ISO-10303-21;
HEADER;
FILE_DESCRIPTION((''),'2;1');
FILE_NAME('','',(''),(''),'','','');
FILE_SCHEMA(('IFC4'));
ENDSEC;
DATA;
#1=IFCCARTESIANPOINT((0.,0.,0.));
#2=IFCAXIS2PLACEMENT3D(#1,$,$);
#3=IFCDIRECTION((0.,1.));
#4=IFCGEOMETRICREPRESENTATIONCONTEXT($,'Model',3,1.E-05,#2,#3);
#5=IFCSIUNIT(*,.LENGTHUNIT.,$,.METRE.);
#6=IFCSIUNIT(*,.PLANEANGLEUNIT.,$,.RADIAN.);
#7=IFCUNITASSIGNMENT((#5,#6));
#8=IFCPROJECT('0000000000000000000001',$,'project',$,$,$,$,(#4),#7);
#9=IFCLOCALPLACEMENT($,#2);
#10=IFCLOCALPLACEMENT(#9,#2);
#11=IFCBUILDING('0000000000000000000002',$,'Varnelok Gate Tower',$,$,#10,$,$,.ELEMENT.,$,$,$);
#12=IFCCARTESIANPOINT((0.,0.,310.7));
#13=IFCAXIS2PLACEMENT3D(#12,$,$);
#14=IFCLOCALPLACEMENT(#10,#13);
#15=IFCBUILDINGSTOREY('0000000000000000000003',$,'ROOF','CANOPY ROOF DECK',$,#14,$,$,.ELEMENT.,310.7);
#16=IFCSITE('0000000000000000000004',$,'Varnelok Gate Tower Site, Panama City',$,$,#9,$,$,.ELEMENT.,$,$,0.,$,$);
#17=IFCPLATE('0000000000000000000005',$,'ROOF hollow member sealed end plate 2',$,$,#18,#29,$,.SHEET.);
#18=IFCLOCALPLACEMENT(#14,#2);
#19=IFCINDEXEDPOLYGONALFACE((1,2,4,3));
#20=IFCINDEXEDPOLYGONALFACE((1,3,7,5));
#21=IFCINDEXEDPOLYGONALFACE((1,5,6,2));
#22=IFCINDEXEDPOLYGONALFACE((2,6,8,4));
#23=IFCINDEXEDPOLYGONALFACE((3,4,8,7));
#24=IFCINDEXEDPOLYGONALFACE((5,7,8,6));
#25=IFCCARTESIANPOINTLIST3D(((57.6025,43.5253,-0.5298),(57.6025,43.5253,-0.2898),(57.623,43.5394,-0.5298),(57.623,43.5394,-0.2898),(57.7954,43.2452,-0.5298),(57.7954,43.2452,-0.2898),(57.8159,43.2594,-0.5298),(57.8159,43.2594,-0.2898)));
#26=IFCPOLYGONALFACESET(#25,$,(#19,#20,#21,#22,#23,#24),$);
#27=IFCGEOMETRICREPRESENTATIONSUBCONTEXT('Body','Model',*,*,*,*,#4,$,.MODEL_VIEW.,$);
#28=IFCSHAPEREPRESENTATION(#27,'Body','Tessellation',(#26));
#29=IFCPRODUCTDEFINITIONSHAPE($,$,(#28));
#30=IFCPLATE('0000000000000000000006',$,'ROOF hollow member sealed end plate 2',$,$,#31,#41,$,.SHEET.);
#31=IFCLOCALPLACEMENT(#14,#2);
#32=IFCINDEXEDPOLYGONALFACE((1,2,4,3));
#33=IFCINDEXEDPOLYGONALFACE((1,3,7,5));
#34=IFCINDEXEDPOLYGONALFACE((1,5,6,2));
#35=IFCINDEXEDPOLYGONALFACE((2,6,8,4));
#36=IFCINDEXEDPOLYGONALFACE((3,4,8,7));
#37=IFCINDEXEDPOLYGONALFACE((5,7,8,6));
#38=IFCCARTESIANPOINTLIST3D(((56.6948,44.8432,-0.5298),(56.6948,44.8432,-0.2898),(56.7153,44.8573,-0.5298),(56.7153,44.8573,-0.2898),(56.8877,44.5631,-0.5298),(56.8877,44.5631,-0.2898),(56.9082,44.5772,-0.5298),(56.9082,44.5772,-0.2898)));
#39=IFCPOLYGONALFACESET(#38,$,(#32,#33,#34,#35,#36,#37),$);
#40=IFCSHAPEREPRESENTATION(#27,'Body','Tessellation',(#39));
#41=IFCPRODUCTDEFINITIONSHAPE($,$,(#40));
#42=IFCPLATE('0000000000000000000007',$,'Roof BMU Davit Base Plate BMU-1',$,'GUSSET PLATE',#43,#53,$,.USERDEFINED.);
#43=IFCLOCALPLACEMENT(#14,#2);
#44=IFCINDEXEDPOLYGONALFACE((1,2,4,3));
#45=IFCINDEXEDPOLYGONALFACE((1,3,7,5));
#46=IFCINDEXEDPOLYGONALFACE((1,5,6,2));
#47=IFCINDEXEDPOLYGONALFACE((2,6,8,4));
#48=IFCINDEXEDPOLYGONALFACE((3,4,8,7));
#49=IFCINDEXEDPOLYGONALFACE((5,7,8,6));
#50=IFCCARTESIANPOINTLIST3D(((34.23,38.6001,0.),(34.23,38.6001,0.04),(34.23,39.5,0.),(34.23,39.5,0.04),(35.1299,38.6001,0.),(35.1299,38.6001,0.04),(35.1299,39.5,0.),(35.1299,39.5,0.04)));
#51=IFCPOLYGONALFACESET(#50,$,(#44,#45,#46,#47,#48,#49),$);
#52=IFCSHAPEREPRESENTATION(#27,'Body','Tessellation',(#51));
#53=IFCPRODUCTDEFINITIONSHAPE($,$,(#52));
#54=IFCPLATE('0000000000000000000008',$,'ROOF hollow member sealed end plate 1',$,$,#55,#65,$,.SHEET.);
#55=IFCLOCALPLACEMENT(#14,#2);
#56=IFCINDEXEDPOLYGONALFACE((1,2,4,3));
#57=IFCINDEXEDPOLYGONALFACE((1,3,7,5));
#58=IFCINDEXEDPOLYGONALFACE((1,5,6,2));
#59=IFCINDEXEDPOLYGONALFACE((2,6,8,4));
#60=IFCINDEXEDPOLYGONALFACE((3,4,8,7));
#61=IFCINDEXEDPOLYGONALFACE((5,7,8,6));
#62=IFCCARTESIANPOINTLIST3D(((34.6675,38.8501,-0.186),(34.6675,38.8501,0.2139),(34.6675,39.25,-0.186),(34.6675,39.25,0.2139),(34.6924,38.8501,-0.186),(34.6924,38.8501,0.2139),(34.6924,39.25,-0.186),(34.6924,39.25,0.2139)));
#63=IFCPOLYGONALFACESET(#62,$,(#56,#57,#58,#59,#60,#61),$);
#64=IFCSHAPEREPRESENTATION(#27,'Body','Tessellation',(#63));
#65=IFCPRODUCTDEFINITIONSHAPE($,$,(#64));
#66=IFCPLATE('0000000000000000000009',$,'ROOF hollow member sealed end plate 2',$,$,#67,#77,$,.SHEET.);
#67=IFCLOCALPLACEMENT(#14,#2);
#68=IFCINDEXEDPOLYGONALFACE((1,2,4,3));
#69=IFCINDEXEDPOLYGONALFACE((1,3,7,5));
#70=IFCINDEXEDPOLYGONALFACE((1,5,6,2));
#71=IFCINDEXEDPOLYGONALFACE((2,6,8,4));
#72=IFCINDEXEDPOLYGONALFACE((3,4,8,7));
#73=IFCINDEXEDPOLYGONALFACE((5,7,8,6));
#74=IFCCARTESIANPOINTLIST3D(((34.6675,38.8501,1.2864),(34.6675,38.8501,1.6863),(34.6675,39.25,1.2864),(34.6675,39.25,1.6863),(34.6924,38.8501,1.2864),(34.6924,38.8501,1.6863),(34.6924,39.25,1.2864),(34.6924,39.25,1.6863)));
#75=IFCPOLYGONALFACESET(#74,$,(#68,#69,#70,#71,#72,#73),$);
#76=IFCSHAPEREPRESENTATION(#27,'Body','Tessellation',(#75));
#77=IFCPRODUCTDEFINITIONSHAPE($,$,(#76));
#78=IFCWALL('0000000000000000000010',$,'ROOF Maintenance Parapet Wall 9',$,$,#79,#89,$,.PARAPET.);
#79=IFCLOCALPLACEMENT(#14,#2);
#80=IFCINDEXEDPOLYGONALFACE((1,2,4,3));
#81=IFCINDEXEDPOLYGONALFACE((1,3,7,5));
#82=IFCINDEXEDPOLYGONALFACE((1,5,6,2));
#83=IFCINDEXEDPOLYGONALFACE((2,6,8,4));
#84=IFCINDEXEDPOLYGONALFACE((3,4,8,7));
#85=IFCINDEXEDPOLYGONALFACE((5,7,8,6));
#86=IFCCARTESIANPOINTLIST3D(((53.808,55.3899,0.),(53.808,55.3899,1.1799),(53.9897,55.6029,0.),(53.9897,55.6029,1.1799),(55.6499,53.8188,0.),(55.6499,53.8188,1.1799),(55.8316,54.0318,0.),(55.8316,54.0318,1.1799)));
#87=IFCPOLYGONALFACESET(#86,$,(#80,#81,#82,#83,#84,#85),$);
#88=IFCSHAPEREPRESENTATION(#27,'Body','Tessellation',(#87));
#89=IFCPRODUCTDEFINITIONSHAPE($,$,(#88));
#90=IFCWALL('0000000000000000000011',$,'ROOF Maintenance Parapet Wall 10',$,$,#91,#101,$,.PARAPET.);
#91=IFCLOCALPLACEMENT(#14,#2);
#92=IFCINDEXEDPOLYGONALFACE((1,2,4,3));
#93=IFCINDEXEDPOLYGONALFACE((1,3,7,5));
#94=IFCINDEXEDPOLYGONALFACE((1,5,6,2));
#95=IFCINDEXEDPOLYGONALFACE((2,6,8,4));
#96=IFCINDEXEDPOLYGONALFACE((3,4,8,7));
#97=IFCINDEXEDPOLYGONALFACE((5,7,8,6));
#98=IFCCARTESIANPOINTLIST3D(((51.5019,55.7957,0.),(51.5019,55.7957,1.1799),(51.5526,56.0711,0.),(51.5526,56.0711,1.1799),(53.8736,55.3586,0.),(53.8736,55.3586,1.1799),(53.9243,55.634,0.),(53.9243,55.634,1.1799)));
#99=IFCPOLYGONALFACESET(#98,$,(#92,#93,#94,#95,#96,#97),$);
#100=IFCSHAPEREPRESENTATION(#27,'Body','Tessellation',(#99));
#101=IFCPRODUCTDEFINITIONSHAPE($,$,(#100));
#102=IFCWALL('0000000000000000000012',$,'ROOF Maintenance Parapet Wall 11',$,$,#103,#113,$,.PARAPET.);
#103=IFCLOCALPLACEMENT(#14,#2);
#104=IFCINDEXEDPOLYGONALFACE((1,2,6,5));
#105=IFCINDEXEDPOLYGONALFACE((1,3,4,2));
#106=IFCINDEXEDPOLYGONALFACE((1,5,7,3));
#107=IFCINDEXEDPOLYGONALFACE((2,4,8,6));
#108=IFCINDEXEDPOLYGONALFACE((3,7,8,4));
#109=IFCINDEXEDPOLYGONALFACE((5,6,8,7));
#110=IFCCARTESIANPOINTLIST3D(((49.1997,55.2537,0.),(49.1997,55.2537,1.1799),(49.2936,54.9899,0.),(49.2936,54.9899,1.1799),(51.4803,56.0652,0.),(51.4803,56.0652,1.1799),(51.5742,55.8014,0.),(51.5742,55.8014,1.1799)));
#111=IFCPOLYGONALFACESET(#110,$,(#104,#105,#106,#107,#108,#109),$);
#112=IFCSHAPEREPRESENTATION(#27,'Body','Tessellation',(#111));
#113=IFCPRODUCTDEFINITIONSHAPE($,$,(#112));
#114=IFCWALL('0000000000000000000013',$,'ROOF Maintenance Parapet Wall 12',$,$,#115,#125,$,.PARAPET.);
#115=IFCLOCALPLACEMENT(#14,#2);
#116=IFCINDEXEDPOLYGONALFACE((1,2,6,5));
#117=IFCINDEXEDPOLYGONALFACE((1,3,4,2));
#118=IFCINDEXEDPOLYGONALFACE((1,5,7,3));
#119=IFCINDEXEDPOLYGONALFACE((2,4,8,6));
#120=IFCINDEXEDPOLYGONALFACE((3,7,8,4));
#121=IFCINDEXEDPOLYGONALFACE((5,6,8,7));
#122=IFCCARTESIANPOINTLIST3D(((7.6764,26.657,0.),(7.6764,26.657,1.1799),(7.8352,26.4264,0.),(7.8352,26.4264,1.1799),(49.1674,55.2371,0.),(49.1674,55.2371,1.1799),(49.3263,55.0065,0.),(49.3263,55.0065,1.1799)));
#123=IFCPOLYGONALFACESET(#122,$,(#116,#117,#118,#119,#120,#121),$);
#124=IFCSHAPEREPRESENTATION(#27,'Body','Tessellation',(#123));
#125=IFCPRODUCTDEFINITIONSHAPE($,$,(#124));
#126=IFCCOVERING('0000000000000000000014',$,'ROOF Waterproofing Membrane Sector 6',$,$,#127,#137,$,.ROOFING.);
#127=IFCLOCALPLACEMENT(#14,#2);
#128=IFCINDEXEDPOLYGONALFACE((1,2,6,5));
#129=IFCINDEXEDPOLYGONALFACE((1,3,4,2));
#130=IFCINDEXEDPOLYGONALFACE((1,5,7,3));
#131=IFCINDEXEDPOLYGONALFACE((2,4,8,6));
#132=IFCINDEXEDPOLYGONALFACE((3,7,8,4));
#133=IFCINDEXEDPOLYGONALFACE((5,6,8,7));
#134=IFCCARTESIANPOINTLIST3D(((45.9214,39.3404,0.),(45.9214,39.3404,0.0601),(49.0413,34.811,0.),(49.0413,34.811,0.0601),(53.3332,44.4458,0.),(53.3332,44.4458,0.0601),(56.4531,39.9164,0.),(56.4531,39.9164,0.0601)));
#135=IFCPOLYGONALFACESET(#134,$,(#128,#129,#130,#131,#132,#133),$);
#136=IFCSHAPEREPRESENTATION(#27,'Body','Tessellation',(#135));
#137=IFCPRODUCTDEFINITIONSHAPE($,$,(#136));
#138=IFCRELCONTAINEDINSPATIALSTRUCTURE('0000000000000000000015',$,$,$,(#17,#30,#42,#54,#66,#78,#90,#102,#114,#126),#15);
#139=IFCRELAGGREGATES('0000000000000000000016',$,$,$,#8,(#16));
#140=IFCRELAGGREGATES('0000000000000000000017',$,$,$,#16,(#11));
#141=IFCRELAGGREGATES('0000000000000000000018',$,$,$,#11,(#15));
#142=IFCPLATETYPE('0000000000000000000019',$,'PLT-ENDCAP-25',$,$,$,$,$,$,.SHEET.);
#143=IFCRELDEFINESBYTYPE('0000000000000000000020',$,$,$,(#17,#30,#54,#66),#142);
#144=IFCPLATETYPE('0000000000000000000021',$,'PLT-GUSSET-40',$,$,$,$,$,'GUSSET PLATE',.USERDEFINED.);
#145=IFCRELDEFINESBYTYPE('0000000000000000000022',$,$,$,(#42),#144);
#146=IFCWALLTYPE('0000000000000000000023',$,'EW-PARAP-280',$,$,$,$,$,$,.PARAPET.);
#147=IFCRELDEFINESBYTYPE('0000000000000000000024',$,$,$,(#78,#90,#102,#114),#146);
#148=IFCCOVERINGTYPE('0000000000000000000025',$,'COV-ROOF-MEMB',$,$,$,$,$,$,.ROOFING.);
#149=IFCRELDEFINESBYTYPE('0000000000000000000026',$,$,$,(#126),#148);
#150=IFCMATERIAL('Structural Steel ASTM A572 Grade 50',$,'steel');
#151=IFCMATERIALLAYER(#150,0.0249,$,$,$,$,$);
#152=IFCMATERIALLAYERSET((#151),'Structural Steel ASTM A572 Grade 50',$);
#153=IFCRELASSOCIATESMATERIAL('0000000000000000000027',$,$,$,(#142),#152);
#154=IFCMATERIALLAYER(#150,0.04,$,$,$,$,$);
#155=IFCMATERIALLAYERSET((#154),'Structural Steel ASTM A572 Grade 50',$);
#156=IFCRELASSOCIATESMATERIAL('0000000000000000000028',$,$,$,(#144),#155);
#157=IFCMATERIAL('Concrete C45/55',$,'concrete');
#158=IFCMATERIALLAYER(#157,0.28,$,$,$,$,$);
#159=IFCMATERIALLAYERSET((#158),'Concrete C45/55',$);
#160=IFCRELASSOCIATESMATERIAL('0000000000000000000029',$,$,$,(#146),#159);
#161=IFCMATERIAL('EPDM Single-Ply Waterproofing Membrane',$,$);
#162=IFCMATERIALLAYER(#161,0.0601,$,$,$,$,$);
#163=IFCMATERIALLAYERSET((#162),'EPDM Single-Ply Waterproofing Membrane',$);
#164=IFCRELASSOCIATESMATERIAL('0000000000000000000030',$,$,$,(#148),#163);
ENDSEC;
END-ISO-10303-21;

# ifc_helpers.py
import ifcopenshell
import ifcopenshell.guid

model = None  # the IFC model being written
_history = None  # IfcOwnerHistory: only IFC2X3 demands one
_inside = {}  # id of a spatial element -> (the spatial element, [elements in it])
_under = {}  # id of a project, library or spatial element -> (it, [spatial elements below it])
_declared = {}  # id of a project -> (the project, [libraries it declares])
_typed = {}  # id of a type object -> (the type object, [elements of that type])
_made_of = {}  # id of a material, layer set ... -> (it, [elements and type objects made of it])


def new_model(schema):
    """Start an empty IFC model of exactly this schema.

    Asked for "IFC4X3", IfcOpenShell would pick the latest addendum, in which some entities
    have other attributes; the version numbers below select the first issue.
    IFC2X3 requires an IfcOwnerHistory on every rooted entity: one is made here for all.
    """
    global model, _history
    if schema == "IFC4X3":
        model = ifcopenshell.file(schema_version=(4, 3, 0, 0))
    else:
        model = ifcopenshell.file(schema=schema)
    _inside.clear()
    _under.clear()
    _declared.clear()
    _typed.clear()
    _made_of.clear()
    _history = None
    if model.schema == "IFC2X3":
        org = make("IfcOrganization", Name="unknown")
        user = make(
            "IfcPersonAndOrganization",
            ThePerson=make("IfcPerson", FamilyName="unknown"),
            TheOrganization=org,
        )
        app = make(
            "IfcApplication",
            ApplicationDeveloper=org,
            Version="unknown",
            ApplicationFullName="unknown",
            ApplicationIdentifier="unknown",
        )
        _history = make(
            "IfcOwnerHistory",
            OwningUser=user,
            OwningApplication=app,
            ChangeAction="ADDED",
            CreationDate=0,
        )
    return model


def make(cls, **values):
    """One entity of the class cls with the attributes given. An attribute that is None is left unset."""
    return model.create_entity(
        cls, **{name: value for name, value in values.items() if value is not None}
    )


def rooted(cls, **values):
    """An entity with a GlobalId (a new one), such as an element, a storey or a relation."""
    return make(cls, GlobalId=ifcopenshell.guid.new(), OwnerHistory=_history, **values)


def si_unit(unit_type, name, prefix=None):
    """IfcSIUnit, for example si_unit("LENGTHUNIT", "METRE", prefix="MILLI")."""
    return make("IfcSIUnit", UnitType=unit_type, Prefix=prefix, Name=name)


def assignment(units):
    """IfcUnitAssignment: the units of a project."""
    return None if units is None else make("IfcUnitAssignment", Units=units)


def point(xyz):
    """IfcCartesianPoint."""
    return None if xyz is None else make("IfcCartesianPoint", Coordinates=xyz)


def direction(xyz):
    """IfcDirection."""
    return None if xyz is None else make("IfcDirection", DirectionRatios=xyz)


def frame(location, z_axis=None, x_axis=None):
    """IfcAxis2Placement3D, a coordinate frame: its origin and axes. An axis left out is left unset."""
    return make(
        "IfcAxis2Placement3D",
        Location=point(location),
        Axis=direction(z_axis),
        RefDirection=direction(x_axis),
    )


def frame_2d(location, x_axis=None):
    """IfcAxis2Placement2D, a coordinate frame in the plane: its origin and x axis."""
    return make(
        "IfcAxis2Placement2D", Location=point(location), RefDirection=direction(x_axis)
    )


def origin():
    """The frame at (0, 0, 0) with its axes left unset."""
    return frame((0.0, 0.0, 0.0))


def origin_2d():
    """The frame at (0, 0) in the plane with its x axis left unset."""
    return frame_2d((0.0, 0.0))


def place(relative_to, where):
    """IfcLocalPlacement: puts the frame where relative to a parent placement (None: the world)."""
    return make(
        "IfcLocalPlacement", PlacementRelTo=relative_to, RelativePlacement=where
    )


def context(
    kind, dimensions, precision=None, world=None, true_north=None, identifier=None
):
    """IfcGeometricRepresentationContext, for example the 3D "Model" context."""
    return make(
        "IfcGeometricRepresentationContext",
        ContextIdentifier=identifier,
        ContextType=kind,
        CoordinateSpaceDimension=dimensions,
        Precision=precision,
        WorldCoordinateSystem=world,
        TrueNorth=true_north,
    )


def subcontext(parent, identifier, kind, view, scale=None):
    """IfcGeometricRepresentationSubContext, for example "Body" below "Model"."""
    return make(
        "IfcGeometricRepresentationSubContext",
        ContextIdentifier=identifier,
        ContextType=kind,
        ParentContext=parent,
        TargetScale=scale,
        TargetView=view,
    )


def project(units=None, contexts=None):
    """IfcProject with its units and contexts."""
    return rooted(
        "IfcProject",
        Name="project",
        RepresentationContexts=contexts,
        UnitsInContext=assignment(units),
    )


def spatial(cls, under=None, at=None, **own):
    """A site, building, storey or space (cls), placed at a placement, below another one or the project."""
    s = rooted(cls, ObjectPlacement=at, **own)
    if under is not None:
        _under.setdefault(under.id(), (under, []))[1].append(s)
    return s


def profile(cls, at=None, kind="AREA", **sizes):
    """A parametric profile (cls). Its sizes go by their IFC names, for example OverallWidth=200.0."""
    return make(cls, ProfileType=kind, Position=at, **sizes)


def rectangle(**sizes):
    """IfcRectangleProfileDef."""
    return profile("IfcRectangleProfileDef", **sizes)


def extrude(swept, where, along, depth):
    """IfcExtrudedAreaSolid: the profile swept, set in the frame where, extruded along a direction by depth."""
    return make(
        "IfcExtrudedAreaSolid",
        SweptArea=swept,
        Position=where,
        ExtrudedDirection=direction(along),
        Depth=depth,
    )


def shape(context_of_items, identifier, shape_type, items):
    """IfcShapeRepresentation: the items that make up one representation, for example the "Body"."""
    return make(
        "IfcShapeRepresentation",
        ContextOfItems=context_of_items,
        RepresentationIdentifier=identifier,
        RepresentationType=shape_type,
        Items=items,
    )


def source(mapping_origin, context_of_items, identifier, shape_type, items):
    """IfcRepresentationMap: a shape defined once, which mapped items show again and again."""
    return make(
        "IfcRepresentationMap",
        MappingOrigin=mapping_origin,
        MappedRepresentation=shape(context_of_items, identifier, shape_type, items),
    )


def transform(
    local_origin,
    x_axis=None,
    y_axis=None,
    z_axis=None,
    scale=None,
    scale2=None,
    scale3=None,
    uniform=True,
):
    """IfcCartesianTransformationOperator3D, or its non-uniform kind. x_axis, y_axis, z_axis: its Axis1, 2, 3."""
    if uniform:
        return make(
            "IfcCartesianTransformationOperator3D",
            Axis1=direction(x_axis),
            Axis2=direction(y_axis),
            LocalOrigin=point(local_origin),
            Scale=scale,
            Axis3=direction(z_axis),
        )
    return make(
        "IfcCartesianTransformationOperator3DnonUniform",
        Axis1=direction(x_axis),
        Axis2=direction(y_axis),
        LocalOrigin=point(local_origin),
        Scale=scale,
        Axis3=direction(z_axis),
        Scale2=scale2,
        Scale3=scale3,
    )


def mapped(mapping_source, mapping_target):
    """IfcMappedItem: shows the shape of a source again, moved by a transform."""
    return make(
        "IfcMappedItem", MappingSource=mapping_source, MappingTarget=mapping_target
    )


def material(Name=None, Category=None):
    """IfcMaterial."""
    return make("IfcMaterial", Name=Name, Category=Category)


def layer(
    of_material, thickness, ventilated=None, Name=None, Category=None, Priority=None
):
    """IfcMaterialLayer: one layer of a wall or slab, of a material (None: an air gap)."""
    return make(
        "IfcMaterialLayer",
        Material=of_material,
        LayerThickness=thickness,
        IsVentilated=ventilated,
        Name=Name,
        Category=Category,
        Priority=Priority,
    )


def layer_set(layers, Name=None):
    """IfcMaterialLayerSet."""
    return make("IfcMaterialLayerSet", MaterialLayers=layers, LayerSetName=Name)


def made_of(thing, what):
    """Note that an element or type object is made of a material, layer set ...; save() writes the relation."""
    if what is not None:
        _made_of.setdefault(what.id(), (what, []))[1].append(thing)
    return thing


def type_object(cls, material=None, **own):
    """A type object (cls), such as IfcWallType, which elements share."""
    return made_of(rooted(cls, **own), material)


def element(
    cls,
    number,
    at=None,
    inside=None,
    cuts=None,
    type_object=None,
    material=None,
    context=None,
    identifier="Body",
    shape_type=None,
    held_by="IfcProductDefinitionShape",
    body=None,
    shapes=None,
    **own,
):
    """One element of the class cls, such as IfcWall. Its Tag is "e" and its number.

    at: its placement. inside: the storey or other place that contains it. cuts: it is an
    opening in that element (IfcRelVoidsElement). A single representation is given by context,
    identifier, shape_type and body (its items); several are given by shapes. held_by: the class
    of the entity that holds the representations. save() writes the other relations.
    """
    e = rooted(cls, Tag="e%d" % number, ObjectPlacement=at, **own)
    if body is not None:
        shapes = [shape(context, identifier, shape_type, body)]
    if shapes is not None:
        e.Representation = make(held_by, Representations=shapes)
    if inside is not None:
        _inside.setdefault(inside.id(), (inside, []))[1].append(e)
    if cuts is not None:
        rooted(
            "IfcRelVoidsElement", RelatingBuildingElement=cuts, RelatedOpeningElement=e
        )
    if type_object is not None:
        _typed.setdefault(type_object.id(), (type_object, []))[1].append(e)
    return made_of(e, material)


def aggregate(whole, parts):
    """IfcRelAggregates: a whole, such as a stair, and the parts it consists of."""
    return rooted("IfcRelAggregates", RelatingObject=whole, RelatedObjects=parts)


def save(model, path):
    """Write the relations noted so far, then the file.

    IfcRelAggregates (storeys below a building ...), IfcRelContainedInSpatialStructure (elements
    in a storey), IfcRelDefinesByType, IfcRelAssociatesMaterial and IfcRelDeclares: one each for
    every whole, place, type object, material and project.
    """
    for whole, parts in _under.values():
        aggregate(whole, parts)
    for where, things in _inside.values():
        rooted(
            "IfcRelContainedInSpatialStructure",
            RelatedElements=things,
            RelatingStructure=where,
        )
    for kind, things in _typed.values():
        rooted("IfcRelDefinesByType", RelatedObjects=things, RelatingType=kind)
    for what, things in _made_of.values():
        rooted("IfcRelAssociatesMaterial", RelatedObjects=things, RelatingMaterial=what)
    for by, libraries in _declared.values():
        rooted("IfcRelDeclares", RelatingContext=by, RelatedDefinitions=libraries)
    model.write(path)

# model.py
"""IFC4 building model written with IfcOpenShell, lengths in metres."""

from ifc_helpers import new_model, si_unit, direction, frame, frame_2d, origin, origin_2d, place, context, subcontext, project, spatial, rectangle, extrude, source, transform, mapped, material, layer, layer_set, type_object, element, save


model = new_model("IFC4")

# Units and contexts
model_context = context("Model", 3, precision=1e-05, world=origin(), true_north=direction((0.0, 1.0)))
body_context = subcontext(model_context, "Body", "Model", "MODEL_VIEW")
ifc_project = project(units=[si_unit("LENGTHUNIT", "METRE"), si_unit("PLANEANGLEUNIT", "RADIAN")], contexts=[model_context])

# Site, building, storey
site_placement = place(None, origin())
site = spatial("IfcSite", under=ifc_project, at=site_placement, Name="Varnelok Gate Tower Site, Panama City", CompositionType="ELEMENT", RefElevation=0.0)
building_placement = place(site_placement, origin())
building = spatial("IfcBuilding", under=site, at=building_placement, Name="Varnelok Gate Tower", CompositionType="ELEMENT")
storey_placement = place(building_placement, frame((0.0, 0.0, 310.7)))
storey = spatial("IfcBuildingStorey", under=building, at=storey_placement, Name="ROOF", Description="CANOPY ROOF DECK", CompositionType="ELEMENT", Elevation=310.7)

# Plates
ifc_material_1 = material(Name="Structural Steel ASTM A572 Grade 50", Category="steel")
ifc_layer_1 = layer(ifc_material_1, 0.0249)
ifc_layer_set_1 = layer_set([ifc_layer_1], Name="Structural Steel ASTM A572 Grade 50")
plate_type_1 = type_object("IfcPlateType", Name="PLT-ENDCAP-25", PredefinedType="SHEET", material=ifc_layer_set_1)
shared_shape_1 = source(origin(), body_context, "Body", "SweptSolid", [
    extrude(rectangle(XDim=0.0249, YDim=0.3401, at=origin_2d()), origin(), (0.0, 0.0, 1.0), 0.24),
])
for number, where, z_axis, x_axis, name in (
    (1, (57.7092, 43.3923, -0.5298), (0.0, 0.0, 1.0), (0.823533, 0.567269, 0.0), "ROOF hollow member sealed end plate 2"),
    (2, (56.8015, 44.7102, -0.5298), (0.0, 0.0, 1.0), (0.823533, 0.567269, 0.0), "ROOF hollow member sealed end plate 2"),
):
    element("IfcPlate", number, at=place(storey_placement, frame(where, z_axis=z_axis, x_axis=x_axis)), inside=storey, type_object=plate_type_1, Name=name, PredefinedType="SHEET", context=body_context, shape_type="MappedRepresentation", body=[
        mapped(shared_shape_1, transform((0.0, 0.0, 0.0), scale=1.0)),
    ])
ifc_layer_2 = layer(ifc_material_1, 0.04)
ifc_layer_set_2 = layer_set([ifc_layer_2], Name="Structural Steel ASTM A572 Grade 50")
plate_type_2 = type_object("IfcPlateType", Name="PLT-GUSSET-40", ElementType="GUSSET PLATE", PredefinedType="USERDEFINED", material=ifc_layer_set_2)
shared_shape_2 = source(origin(), body_context, "Body", "SweptSolid", [
    extrude(rectangle(XDim=0.8999, YDim=0.8999, at=origin_2d()), origin(), (0.0, 0.0, 1.0), 0.04),
])
plate_placement = place(storey_placement, frame((34.6799, 39.05, 0.0), z_axis=(0.0, 0.0, 1.0), x_axis=(1.0, 0.0, 0.0)))
element("IfcPlate", 3, at=plate_placement, inside=storey, type_object=plate_type_2, Name="Roof BMU Davit Base Plate BMU-1", ObjectType="GUSSET PLATE", PredefinedType="USERDEFINED", context=body_context, shape_type="MappedRepresentation", body=[
    mapped(shared_shape_2, transform((0.0, 0.0, 0.0), scale=1.0)),
])
shared_shape_3 = source(origin(), body_context, "Body", "SweptSolid", [
    extrude(rectangle(XDim=0.0249, YDim=0.3999, at=origin_2d()), origin(), (0.0, 0.0, 1.0), 0.3999),
])
for number, where, z_axis, x_axis, name in (
    (4, (34.6799, 39.05, -0.186), (0.0, 0.0, 1.0), (1.0, 0.0, 0.0), "ROOF hollow member sealed end plate 1"),
    (5, (34.6799, 39.05, 1.2864), (0.0, 0.0, 1.0), (1.0, 0.0, 0.0), "ROOF hollow member sealed end plate 2"),
):
    element("IfcPlate", number, at=place(storey_placement, frame(where, z_axis=z_axis, x_axis=x_axis)), inside=storey, type_object=plate_type_1, Name=name, PredefinedType="SHEET", context=body_context, shape_type="MappedRepresentation", body=[
        mapped(shared_shape_3, transform((0.0, 0.0, 0.0), scale=1.0)),
    ])

# Walls
ifc_material_2 = material(Name="Concrete C45/55", Category="concrete")
ifc_layer_3 = layer(ifc_material_2, 0.28)
ifc_layer_set_3 = layer_set([ifc_layer_3], Name="Concrete C45/55")
wall_type = type_object("IfcWallType", Name="EW-PARAP-280", PredefinedType="PARAPET", material=ifc_layer_set_3)
wall_1_placement = place(storey_placement, frame((55.7407, 53.9253, 0.0), z_axis=(0.0, 0.0, 1.0), x_axis=(-0.760813, 0.648971, 0.0)))
element("IfcWall", 6, at=wall_1_placement, inside=storey, type_object=wall_type, Name="ROOF Maintenance Parapet Wall 9", PredefinedType="PARAPET", context=body_context, shape_type="SweptSolid", body=[
    extrude(rectangle(XDim=2.4209, YDim=0.28, at=frame_2d((1.2104, 0.0))), origin(), (0.0, 0.0, 1.0), 1.1799),
])
wall_2_placement = place(storey_placement, frame((53.8989, 55.4963, 0.0), z_axis=(0.0, 0.0, 1.0), x_axis=(-0.983443, 0.181219, 0.0)))
element("IfcWall", 7, at=wall_2_placement, inside=storey, type_object=wall_type, Name="ROOF Maintenance Parapet Wall 10", PredefinedType="PARAPET", context=body_context, shape_type="SweptSolid", body=[
    extrude(rectangle(XDim=2.4116, YDim=0.28, at=frame_2d((1.2058, 0.0))), origin(), (0.0, 0.0, 1.0), 1.1799),
])
wall_3_placement = place(storey_placement, frame((51.5273, 55.9333, 0.0), z_axis=(0.0, 0.0, 1.0), x_axis=(-0.942127, -0.335256, 0.0)))
element("IfcWall", 8, at=wall_3_placement, inside=storey, type_object=wall_type, Name="ROOF Maintenance Parapet Wall 11", PredefinedType="PARAPET", context=body_context, shape_type="SweptSolid", body=[
    extrude(rectangle(XDim=2.4207, YDim=0.28, at=frame_2d((1.2104, 0.0))), origin(), (0.0, 0.0, 1.0), 1.1799),
])
wall_4_placement = place(storey_placement, frame((49.2468, 55.1218, 0.0), z_axis=(0.0, 0.0, 1.0), x_axis=(-0.823532, -0.56727, 0.0)))
element("IfcWall", 9, at=wall_4_placement, inside=storey, type_object=wall_type, Name="ROOF Maintenance Parapet Wall 12", PredefinedType="PARAPET", context=body_context, shape_type="SweptSolid", body=[
    extrude(rectangle(XDim=50.3818, YDim=0.28, at=frame_2d((25.1909, 0.0))), origin(), (0.0, 0.0, 1.0), 1.1799),
])

# Covering
ifc_material_3 = material(Name="EPDM Single-Ply Waterproofing Membrane")
ifc_layer_4 = layer(ifc_material_3, 0.0601)
ifc_layer_set_4 = layer_set([ifc_layer_4], Name="EPDM Single-Ply Waterproofing Membrane")
covering_type = type_object("IfcCoveringType", Name="COV-ROOF-MEMB", PredefinedType="ROOFING", material=ifc_layer_set_4)
shared_shape_4 = source(origin(), body_context, "Body", "SweptSolid", [
    extrude(rectangle(XDim=9.0, YDim=5.5, at=origin_2d()), origin(), (0.0, 0.0, 1.0), 0.0601),
])
covering_placement = place(storey_placement, frame((51.1873, 39.6284, 0.0), z_axis=(0.0, 0.0, 1.0), x_axis=(0.823533, 0.567269, 0.0)))
element("IfcCovering", 10, at=covering_placement, inside=storey, type_object=covering_type, Name="ROOF Waterproofing Membrane Sector 6", PredefinedType="ROOFING", context=body_context, shape_type="MappedRepresentation", body=[
    mapped(shared_shape_4, transform((0.0, 0.0, 0.0), scale=1.0)),
])

save(model, "model.ifc")
